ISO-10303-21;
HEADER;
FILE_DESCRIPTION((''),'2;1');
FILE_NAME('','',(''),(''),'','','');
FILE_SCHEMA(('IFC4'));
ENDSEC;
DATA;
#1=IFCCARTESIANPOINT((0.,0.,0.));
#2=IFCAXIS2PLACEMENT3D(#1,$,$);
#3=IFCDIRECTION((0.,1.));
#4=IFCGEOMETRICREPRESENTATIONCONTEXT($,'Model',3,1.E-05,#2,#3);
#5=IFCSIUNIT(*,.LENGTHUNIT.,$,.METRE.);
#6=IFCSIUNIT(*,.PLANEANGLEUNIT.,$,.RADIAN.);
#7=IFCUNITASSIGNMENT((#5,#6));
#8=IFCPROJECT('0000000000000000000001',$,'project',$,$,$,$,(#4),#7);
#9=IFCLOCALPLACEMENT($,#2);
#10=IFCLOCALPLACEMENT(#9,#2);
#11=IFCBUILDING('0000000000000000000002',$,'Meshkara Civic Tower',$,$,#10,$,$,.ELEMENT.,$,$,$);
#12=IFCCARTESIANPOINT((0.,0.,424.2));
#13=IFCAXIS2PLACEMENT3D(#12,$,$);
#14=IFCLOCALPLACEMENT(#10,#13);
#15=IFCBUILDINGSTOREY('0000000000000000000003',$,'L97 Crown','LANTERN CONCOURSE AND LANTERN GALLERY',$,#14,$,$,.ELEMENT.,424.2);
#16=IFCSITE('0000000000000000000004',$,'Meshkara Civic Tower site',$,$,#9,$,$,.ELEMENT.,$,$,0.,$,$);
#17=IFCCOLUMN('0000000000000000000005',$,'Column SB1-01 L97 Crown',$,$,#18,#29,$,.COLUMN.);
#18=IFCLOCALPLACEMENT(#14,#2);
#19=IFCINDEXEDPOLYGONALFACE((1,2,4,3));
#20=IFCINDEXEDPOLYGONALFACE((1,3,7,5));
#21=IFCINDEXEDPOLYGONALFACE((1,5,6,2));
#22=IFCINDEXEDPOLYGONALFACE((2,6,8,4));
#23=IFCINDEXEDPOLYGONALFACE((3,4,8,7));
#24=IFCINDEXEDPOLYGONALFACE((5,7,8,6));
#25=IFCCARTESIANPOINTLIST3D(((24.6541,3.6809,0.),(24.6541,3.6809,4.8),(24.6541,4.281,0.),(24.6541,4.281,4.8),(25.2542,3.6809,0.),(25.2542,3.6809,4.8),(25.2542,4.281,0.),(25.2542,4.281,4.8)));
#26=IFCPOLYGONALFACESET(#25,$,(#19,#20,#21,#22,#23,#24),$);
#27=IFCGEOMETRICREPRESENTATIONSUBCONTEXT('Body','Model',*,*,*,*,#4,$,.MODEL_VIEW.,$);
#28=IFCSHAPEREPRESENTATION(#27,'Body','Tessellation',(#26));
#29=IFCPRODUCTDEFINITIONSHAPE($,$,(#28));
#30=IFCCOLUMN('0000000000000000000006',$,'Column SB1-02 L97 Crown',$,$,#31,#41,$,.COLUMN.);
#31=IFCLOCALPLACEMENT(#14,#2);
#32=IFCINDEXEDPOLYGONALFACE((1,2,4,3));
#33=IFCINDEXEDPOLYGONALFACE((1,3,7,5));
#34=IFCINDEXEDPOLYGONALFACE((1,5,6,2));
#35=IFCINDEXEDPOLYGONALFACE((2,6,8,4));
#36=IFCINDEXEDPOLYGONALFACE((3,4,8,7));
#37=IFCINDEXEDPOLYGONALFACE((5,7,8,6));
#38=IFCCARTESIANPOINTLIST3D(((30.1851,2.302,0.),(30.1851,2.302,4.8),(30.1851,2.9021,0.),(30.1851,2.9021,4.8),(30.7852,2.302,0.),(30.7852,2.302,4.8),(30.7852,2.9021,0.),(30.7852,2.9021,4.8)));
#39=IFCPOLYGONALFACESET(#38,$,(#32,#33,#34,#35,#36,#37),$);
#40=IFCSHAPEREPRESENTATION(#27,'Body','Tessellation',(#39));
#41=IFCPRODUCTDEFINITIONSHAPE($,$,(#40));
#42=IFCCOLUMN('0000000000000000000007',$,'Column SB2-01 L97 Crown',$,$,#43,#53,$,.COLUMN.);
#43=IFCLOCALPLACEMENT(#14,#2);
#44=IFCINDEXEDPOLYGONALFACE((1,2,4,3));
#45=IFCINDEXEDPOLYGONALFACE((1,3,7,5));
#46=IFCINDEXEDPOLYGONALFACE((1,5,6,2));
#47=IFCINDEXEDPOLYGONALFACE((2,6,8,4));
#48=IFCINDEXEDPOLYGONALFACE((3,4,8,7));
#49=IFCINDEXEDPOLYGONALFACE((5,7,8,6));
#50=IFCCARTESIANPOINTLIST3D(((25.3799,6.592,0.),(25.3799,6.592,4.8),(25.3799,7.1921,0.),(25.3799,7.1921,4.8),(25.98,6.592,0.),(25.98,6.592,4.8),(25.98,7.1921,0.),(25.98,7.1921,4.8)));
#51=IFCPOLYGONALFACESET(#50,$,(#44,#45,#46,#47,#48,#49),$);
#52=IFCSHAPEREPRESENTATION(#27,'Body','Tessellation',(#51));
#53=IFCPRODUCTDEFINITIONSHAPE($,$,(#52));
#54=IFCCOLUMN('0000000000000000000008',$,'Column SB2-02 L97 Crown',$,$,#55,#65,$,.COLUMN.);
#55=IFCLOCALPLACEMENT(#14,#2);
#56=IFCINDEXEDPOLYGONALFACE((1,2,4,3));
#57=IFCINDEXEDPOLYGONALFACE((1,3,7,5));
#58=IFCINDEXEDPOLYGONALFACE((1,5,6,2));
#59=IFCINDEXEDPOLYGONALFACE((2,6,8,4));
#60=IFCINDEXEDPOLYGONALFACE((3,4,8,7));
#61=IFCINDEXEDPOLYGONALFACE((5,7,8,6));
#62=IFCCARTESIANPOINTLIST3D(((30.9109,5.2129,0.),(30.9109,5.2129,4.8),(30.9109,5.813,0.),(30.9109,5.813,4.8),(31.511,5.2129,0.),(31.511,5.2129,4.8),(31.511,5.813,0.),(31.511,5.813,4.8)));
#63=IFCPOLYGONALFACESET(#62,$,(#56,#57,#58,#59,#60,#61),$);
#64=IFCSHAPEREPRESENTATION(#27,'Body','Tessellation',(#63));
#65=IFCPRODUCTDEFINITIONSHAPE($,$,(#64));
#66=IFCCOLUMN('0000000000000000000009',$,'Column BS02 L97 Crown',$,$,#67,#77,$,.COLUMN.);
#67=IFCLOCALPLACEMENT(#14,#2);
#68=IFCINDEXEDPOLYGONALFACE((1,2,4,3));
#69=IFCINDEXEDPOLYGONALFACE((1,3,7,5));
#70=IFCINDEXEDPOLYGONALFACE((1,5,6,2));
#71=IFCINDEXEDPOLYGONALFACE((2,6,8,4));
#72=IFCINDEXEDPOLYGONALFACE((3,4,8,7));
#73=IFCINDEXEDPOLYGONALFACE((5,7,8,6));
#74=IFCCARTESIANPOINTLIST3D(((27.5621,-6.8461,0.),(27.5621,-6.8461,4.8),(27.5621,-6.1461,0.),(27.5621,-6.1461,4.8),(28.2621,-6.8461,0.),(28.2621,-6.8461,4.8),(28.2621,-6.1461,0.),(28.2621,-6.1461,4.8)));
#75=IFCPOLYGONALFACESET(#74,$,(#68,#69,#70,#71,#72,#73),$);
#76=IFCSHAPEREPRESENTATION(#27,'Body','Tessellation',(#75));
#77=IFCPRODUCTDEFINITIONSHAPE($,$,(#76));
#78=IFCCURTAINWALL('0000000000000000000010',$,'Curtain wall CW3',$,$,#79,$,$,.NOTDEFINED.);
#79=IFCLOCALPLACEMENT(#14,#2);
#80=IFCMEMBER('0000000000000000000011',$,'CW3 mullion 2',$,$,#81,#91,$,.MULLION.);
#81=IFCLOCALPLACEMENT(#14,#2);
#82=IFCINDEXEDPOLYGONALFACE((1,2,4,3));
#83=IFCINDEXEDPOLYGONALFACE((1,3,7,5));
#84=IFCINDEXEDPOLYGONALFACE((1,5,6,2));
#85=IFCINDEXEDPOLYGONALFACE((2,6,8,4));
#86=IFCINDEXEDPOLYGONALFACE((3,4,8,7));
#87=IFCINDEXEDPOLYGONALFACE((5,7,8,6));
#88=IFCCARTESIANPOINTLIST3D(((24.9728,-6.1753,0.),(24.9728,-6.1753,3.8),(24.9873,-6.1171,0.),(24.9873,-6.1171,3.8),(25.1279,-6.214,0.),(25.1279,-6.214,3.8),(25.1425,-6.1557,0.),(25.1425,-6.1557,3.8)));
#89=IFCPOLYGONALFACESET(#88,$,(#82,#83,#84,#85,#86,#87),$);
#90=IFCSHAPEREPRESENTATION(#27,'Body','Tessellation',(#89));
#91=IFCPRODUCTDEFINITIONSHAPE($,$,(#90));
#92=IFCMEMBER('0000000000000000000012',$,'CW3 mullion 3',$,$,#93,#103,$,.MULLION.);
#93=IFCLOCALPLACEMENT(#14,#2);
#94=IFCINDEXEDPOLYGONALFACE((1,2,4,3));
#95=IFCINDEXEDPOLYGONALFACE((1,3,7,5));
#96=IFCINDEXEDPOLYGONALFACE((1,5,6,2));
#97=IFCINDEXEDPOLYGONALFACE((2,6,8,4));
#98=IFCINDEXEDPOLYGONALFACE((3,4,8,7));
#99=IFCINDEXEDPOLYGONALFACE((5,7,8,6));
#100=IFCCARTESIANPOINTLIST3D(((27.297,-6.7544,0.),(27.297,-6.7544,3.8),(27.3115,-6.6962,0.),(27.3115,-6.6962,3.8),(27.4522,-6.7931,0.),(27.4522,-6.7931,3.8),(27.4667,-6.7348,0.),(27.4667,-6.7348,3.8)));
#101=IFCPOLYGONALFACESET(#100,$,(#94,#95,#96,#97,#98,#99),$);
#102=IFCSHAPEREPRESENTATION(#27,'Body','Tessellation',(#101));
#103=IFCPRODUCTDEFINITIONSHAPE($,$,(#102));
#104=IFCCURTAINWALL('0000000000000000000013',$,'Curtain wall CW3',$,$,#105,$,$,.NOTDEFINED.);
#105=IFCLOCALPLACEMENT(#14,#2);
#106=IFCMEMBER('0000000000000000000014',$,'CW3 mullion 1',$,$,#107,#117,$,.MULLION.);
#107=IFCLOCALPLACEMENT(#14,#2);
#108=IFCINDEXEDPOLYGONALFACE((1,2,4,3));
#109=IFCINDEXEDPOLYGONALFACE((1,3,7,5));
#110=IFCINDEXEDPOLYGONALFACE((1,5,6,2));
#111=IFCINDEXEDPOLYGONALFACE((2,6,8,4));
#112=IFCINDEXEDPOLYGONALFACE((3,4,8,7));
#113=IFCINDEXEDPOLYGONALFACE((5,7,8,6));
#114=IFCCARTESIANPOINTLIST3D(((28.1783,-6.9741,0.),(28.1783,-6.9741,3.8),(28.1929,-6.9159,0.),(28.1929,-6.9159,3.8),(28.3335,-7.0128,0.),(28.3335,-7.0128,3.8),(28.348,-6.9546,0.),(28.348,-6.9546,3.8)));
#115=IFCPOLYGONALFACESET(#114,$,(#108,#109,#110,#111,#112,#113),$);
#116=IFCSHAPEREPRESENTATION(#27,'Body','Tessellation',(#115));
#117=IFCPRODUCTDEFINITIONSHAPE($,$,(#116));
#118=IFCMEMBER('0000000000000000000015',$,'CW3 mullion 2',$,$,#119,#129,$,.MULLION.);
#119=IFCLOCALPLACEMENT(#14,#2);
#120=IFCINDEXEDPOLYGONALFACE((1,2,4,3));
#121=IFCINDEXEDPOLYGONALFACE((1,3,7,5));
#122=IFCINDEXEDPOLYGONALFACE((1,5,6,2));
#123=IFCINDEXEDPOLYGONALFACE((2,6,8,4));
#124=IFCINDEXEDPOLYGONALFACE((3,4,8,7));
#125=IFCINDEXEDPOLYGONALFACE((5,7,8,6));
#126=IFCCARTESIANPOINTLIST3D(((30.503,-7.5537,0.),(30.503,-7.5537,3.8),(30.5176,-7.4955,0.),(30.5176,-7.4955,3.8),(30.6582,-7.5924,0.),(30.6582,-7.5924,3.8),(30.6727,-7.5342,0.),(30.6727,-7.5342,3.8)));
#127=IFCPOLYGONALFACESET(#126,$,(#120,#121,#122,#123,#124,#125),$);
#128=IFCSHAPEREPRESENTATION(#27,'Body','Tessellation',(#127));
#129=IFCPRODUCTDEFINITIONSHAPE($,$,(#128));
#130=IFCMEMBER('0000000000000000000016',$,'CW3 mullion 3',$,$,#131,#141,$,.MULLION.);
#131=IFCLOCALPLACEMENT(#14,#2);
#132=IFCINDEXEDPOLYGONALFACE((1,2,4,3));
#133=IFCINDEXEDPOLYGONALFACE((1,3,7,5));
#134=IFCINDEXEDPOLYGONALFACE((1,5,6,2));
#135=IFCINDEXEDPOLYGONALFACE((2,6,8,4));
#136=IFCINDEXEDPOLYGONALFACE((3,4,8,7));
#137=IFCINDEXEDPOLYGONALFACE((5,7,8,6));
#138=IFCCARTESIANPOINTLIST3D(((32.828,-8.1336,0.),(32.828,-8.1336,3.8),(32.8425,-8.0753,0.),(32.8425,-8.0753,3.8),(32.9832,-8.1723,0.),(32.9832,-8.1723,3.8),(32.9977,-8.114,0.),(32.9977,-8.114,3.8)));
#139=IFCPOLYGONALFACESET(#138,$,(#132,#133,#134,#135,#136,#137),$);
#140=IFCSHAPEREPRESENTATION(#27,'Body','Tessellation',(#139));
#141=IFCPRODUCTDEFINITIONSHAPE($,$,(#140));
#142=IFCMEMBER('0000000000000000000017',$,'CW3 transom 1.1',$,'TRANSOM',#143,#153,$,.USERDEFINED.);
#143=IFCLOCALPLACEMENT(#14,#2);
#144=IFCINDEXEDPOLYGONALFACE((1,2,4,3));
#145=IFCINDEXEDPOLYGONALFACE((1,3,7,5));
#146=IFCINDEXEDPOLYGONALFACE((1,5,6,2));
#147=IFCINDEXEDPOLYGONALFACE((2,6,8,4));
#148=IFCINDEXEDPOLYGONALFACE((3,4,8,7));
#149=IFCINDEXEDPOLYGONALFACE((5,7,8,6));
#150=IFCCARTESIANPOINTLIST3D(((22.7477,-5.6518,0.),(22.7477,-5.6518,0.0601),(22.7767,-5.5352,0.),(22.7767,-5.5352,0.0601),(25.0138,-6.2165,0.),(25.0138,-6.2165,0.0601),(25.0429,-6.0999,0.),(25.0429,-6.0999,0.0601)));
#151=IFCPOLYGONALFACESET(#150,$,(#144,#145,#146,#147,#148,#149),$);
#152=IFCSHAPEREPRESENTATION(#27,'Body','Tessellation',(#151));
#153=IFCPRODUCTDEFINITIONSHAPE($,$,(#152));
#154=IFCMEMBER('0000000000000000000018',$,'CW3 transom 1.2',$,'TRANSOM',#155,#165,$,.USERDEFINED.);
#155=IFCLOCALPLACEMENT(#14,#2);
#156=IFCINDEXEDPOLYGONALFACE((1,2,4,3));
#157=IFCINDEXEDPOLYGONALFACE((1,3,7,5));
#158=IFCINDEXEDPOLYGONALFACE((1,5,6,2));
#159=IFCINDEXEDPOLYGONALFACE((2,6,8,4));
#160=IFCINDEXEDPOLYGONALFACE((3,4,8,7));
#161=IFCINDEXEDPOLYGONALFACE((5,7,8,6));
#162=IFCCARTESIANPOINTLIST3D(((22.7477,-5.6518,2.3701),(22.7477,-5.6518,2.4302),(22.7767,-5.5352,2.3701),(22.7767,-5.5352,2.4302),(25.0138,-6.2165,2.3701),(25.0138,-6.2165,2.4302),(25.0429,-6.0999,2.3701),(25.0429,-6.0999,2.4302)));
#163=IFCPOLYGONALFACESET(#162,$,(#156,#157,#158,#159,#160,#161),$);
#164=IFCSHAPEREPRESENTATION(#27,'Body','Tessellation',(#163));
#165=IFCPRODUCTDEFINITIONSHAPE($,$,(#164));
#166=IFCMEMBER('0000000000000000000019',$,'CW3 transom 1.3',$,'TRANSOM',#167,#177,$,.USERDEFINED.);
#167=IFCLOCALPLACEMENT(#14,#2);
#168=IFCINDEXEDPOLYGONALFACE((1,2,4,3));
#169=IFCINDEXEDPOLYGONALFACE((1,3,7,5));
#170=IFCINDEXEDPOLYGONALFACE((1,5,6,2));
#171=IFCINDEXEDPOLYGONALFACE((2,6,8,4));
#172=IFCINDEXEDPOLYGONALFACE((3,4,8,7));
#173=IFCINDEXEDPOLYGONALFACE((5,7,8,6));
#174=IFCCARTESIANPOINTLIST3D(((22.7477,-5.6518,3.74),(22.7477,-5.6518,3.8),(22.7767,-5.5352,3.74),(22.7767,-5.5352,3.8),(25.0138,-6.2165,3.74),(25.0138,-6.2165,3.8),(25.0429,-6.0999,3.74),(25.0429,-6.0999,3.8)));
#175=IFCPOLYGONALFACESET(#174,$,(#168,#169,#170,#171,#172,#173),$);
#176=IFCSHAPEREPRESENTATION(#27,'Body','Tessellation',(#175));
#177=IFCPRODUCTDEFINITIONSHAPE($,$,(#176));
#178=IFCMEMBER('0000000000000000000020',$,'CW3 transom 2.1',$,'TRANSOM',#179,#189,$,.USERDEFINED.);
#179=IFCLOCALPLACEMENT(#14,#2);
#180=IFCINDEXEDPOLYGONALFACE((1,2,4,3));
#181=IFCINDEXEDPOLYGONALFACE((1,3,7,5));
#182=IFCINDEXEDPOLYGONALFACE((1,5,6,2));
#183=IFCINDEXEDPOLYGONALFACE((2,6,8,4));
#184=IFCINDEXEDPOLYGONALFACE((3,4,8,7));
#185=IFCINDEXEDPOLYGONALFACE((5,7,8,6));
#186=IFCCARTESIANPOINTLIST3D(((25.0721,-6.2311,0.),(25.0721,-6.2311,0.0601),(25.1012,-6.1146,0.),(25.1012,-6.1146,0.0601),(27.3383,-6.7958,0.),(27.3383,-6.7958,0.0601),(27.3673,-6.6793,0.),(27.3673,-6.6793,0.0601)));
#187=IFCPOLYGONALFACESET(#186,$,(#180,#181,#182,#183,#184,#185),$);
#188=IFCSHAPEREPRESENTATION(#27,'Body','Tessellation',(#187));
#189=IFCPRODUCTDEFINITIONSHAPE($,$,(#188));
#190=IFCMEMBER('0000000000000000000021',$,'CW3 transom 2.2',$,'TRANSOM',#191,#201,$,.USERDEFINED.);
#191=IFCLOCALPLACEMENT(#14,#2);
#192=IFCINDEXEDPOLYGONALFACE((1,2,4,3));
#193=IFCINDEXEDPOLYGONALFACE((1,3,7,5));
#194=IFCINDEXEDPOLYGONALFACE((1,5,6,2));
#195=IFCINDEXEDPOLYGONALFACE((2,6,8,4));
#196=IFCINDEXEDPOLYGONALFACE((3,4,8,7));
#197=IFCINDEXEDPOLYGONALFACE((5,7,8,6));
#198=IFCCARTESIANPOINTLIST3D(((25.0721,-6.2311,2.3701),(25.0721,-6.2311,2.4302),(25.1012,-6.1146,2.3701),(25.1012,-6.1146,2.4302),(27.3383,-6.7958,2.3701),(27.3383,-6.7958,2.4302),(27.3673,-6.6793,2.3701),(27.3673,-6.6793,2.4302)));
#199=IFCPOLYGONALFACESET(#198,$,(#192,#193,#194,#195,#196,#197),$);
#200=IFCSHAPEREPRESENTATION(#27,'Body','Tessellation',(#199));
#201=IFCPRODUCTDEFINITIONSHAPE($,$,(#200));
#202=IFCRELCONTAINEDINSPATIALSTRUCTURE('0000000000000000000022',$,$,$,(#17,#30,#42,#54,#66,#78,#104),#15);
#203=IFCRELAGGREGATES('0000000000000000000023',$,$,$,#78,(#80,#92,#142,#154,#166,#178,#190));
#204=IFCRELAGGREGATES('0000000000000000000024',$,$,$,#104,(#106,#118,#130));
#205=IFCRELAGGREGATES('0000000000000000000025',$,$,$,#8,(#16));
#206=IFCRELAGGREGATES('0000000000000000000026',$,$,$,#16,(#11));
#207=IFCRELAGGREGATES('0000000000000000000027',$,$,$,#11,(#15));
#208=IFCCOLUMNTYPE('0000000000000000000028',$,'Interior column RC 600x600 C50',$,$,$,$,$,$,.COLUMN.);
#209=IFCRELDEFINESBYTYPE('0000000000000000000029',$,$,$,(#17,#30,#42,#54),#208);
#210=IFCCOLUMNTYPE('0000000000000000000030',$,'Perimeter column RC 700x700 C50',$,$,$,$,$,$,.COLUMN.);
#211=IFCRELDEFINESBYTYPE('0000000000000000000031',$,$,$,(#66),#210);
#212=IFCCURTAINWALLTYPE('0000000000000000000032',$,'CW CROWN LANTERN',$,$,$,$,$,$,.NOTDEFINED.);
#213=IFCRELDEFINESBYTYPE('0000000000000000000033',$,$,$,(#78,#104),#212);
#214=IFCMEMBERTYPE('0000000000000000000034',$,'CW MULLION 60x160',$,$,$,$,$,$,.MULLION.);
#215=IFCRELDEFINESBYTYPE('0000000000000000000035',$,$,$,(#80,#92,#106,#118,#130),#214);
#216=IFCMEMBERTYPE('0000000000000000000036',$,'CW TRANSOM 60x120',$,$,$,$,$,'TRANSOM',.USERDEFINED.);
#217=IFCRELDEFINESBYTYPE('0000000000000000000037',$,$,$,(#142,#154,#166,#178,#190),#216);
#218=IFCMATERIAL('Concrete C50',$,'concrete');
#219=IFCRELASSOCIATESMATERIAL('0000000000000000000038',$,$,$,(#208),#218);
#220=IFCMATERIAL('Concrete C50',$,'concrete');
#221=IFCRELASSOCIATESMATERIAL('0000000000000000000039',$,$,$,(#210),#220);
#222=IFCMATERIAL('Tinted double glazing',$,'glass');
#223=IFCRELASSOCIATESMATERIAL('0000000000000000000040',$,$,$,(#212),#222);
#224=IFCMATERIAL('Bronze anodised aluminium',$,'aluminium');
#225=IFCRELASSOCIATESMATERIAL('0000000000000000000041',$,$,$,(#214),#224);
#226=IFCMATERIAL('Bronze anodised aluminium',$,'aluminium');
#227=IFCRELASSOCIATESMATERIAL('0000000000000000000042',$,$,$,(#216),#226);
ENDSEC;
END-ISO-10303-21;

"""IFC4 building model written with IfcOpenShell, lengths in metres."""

from ifc_helpers import new_model, si_unit, direction, frame, origin, origin_2d, place, context, subcontext, project, spatial, rectangle, extrude, material, material_profile, profile_set, type_object, element, aggregate, save


model = new_model("IFC4")

# Units and contexts
model_context = context("Model", 3, precision=1e-05, world=origin(), true_north=direction((0.0, 1.0)))
body_context = subcontext(model_context, "Body", "Model", "MODEL_VIEW")
ifc_project = project(units=[si_unit("LENGTHUNIT", "METRE"), si_unit("PLANEANGLEUNIT", "RADIAN")], contexts=[model_context])

# Site, building, storey
site_placement = place(None, origin())
site = spatial("IfcSite", under=ifc_project, at=site_placement, Name="Meshkara Civic Tower site", CompositionType="ELEMENT", RefElevation=0.0)
building_placement = place(site_placement, origin())
building = spatial("IfcBuilding", under=site, at=building_placement, Name="Meshkara Civic Tower", CompositionType="ELEMENT")
storey_placement = place(building_placement, frame((0.0, 0.0, 424.2)))
storey = spatial("IfcBuildingStorey", under=building, at=storey_placement, Name="L97 Crown", Description="LANTERN CONCOURSE AND LANTERN GALLERY", CompositionType="ELEMENT", Elevation=424.2)

# Columns
ifc_material_1 = material(Name="Concrete C50", Category="concrete")
ifc_material_profile_1 = material_profile(ifc_material_1, rectangle(XDim=0.6001, YDim=0.6001, at=origin_2d()))
ifc_profile_set_1 = profile_set([ifc_material_profile_1], Name="Concrete C50")
column_type_1 = type_object("IfcColumnType", Name="Interior column RC 600x600 C50", PredefinedType="COLUMN", material=ifc_profile_set_1)
for number, where, z_axis, x_axis, name in (
    (1, (24.9541, 3.981, 0.0), (0.0, 0.0, 1.0), (1.0, 0.0, 0.0), "Column SB1-01 L97 Crown"),
    (2, (30.4851, 2.6021, 0.0), (0.0, 0.0, 1.0), (1.0, 0.0, 0.0), "Column SB1-02 L97 Crown"),
    (3, (25.6799, 6.8921, 0.0), (0.0, 0.0, 1.0), (1.0, 0.0, 0.0), "Column SB2-01 L97 Crown"),
    (4, (31.2109, 5.5129, 0.0), (0.0, 0.0, 1.0), (1.0, 0.0, 0.0), "Column SB2-02 L97 Crown"),
):
    element("IfcColumn", number, at=place(storey_placement, frame(where, z_axis=z_axis, x_axis=x_axis)), inside=storey, type_object=column_type_1, Name=name, PredefinedType="COLUMN", context=body_context, shape_type="SweptSolid", body=[
        extrude(rectangle(XDim=0.6001, YDim=0.6001, at=origin_2d()), origin(), (0.0, 0.0, 1.0), 4.8),
    ])
ifc_material_2 = material(Name="Concrete C50", Category="concrete")
ifc_material_profile_2 = material_profile(ifc_material_2, rectangle(XDim=0.7, YDim=0.7, at=origin_2d()))
ifc_profile_set_2 = profile_set([ifc_material_profile_2], Name="Concrete C50")
column_type_2 = type_object("IfcColumnType", Name="Perimeter column RC 700x700 C50", PredefinedType="COLUMN", material=ifc_profile_set_2)
column_placement = place(storey_placement, frame((27.9121, -6.4961, 0.0), z_axis=(0.0, 0.0, 1.0), x_axis=(1.0, 0.0, 0.0)))
element("IfcColumn", 5, at=column_placement, inside=storey, type_object=column_type_2, Name="Column BS02 L97 Crown", PredefinedType="COLUMN", context=body_context, shape_type="SweptSolid", body=[
    extrude(rectangle(XDim=0.7, YDim=0.7, at=origin_2d()), origin(), (0.0, 0.0, 1.0), 4.8),
])

# Curtain walls, members
ifc_material_3 = material(Name="Tinted double glazing", Category="glass")
curtain_wall_type = type_object("IfcCurtainWallType", Name="CW CROWN LANTERN", PredefinedType="NOTDEFINED", material=ifc_material_3)
curtain_wall_1_placement = place(storey_placement, origin())
curtain_wall_1 = element("IfcCurtainWall", 6, at=curtain_wall_1_placement, inside=storey, type_object=curtain_wall_type, Name="Curtain wall CW3", PredefinedType="NOTDEFINED")
ifc_material_4 = material(Name="Bronze anodised aluminium", Category="aluminium")
ifc_material_profile_3 = material_profile(ifc_material_4, rectangle(XDim=0.0601, YDim=0.1599, at=origin_2d()))
ifc_profile_set_3 = profile_set([ifc_material_profile_3], Name="Bronze anodised aluminium")
member_type_1 = type_object("IfcMemberType", Name="CW MULLION 60x160", PredefinedType="MULLION", material=ifc_profile_set_3)
member_1_placement = place(storey_placement, frame((25.0576, -6.1655, 0.0), z_axis=(0.0, 0.0, 1.0), x_axis=(0.241808, 0.970324, 0.0)))
member_1 = element("IfcMember", 7, at=member_1_placement, type_object=member_type_1, Name="CW3 mullion 2", PredefinedType="MULLION", context=body_context, shape_type="SweptSolid", body=[
    extrude(rectangle(XDim=0.0601, YDim=0.1599, at=origin_2d()), origin(), (0.0, 0.0, 1.0), 3.8),
])
member_2_placement = place(storey_placement, frame((27.3818, -6.7446, 0.0), z_axis=(0.0, 0.0, 1.0), x_axis=(0.241808, 0.970324, 0.0)))
member_2 = element("IfcMember", 8, at=member_2_placement, type_object=member_type_1, Name="CW3 mullion 3", PredefinedType="MULLION", context=body_context, shape_type="SweptSolid", body=[
    extrude(rectangle(XDim=0.0601, YDim=0.1599, at=origin_2d()), origin(), (0.0, 0.0, 1.0), 3.8),
])
curtain_wall_2_placement = place(storey_placement, origin())
curtain_wall_2 = element("IfcCurtainWall", 9, at=curtain_wall_2_placement, inside=storey, type_object=curtain_wall_type, Name="Curtain wall CW3", PredefinedType="NOTDEFINED")
member_3_placement = place(storey_placement, frame((28.2632, -6.9644, 0.0), z_axis=(0.0, 0.0, 1.0), x_axis=(0.241954, 0.970288, 0.0)))
member_3 = element("IfcMember", 10, at=member_3_placement, type_object=member_type_1, Name="CW3 mullion 1", PredefinedType="MULLION", context=body_context, shape_type="SweptSolid", body=[
    extrude(rectangle(XDim=0.0601, YDim=0.1599, at=origin_2d()), origin(), (0.0, 0.0, 1.0), 3.8),
])
member_4_placement = place(storey_placement, frame((30.5879, -7.5439, 0.0), z_axis=(0.0, 0.0, 1.0), x_axis=(0.241954, 0.970288, 0.0)))
member_4 = element("IfcMember", 11, at=member_4_placement, type_object=member_type_1, Name="CW3 mullion 2", PredefinedType="MULLION", context=body_context, shape_type="SweptSolid", body=[
    extrude(rectangle(XDim=0.0601, YDim=0.1599, at=origin_2d()), origin(), (0.0, 0.0, 1.0), 3.8),
])
member_5_placement = place(storey_placement, frame((32.9128, -8.1238, 0.0), z_axis=(0.0, 0.0, 1.0), x_axis=(0.241954, 0.970288, 0.0)))
member_5 = element("IfcMember", 12, at=member_5_placement, type_object=member_type_1, Name="CW3 mullion 3", PredefinedType="MULLION", context=body_context, shape_type="SweptSolid", body=[
    extrude(rectangle(XDim=0.0601, YDim=0.1599, at=origin_2d()), origin(), (0.0, 0.0, 1.0), 3.8),
])

# Members
ifc_material_5 = material(Name="Bronze anodised aluminium", Category="aluminium")
ifc_material_profile_4 = material_profile(ifc_material_5, rectangle(XDim=0.1201, YDim=0.0601, at=origin_2d()))
ifc_profile_set_4 = profile_set([ifc_material_profile_4], Name="Bronze anodised aluminium")
member_type_2 = type_object("IfcMemberType", Name="CW TRANSOM 60x120", ElementType="TRANSOM", PredefinedType="USERDEFINED", material=ifc_profile_set_4)
member_6_placement = place(storey_placement, frame((22.7622, -5.5935, 0.03), z_axis=(0.970327, -0.241798, 0.0), x_axis=(0.241798, 0.970327, 0.0)))
member_6 = element("IfcMember", 13, at=member_6_placement, type_object=member_type_2, Name="CW3 transom 1.1", ObjectType="TRANSOM", PredefinedType="USERDEFINED", context=body_context, shape_type="SweptSolid", body=[
    extrude(rectangle(XDim=0.1201, YDim=0.0601, at=origin_2d()), origin(), (0.0, 0.0, 1.0), 2.3354),
])
member_7_placement = place(storey_placement, frame((22.7622, -5.5935, 2.4001), z_axis=(0.970327, -0.241798, 0.0), x_axis=(0.241798, 0.970327, 0.0)))
member_7 = element("IfcMember", 14, at=member_7_placement, type_object=member_type_2, Name="CW3 transom 1.2", ObjectType="TRANSOM", PredefinedType="USERDEFINED", context=body_context, shape_type="SweptSolid", body=[
    extrude(rectangle(XDim=0.1201, YDim=0.0601, at=origin_2d()), origin(), (0.0, 0.0, 1.0), 2.3354),
])
member_8_placement = place(storey_placement, frame((22.7622, -5.5935, 3.77), z_axis=(0.970327, -0.241798, 0.0), x_axis=(0.241798, 0.970327, 0.0)))
member_8 = element("IfcMember", 15, at=member_8_placement, type_object=member_type_2, Name="CW3 transom 1.3", ObjectType="TRANSOM", PredefinedType="USERDEFINED", context=body_context, shape_type="SweptSolid", body=[
    extrude(rectangle(XDim=0.1201, YDim=0.0601, at=origin_2d()), origin(), (0.0, 0.0, 1.0), 2.3354),
])
member_9_placement = place(storey_placement, frame((25.0867, -6.1729, 0.03), z_axis=(0.970327, -0.241798, 0.0), x_axis=(0.241798, 0.970327, 0.0)))
member_9 = element("IfcMember", 16, at=member_9_placement, type_object=member_type_2, Name="CW3 transom 2.1", ObjectType="TRANSOM", PredefinedType="USERDEFINED", context=body_context, shape_type="SweptSolid", body=[
    extrude(rectangle(XDim=0.1201, YDim=0.0601, at=origin_2d()), origin(), (0.0, 0.0, 1.0), 2.3354),
])
member_10_placement = place(storey_placement, frame((25.0867, -6.1729, 2.4001), z_axis=(0.970327, -0.241798, 0.0), x_axis=(0.241798, 0.970327, 0.0)))
member_10 = element("IfcMember", 17, at=member_10_placement, type_object=member_type_2, Name="CW3 transom 2.2", ObjectType="TRANSOM", PredefinedType="USERDEFINED", context=body_context, shape_type="SweptSolid", body=[
    extrude(rectangle(XDim=0.1201, YDim=0.0601, at=origin_2d()), origin(), (0.0, 0.0, 1.0), 2.3354),
])

aggregate(curtain_wall_1, [member_1, member_2, member_6, member_7, member_8, member_9, member_10])
aggregate(curtain_wall_2, [member_3, member_4, member_5])

save(model, "model.ifc")
